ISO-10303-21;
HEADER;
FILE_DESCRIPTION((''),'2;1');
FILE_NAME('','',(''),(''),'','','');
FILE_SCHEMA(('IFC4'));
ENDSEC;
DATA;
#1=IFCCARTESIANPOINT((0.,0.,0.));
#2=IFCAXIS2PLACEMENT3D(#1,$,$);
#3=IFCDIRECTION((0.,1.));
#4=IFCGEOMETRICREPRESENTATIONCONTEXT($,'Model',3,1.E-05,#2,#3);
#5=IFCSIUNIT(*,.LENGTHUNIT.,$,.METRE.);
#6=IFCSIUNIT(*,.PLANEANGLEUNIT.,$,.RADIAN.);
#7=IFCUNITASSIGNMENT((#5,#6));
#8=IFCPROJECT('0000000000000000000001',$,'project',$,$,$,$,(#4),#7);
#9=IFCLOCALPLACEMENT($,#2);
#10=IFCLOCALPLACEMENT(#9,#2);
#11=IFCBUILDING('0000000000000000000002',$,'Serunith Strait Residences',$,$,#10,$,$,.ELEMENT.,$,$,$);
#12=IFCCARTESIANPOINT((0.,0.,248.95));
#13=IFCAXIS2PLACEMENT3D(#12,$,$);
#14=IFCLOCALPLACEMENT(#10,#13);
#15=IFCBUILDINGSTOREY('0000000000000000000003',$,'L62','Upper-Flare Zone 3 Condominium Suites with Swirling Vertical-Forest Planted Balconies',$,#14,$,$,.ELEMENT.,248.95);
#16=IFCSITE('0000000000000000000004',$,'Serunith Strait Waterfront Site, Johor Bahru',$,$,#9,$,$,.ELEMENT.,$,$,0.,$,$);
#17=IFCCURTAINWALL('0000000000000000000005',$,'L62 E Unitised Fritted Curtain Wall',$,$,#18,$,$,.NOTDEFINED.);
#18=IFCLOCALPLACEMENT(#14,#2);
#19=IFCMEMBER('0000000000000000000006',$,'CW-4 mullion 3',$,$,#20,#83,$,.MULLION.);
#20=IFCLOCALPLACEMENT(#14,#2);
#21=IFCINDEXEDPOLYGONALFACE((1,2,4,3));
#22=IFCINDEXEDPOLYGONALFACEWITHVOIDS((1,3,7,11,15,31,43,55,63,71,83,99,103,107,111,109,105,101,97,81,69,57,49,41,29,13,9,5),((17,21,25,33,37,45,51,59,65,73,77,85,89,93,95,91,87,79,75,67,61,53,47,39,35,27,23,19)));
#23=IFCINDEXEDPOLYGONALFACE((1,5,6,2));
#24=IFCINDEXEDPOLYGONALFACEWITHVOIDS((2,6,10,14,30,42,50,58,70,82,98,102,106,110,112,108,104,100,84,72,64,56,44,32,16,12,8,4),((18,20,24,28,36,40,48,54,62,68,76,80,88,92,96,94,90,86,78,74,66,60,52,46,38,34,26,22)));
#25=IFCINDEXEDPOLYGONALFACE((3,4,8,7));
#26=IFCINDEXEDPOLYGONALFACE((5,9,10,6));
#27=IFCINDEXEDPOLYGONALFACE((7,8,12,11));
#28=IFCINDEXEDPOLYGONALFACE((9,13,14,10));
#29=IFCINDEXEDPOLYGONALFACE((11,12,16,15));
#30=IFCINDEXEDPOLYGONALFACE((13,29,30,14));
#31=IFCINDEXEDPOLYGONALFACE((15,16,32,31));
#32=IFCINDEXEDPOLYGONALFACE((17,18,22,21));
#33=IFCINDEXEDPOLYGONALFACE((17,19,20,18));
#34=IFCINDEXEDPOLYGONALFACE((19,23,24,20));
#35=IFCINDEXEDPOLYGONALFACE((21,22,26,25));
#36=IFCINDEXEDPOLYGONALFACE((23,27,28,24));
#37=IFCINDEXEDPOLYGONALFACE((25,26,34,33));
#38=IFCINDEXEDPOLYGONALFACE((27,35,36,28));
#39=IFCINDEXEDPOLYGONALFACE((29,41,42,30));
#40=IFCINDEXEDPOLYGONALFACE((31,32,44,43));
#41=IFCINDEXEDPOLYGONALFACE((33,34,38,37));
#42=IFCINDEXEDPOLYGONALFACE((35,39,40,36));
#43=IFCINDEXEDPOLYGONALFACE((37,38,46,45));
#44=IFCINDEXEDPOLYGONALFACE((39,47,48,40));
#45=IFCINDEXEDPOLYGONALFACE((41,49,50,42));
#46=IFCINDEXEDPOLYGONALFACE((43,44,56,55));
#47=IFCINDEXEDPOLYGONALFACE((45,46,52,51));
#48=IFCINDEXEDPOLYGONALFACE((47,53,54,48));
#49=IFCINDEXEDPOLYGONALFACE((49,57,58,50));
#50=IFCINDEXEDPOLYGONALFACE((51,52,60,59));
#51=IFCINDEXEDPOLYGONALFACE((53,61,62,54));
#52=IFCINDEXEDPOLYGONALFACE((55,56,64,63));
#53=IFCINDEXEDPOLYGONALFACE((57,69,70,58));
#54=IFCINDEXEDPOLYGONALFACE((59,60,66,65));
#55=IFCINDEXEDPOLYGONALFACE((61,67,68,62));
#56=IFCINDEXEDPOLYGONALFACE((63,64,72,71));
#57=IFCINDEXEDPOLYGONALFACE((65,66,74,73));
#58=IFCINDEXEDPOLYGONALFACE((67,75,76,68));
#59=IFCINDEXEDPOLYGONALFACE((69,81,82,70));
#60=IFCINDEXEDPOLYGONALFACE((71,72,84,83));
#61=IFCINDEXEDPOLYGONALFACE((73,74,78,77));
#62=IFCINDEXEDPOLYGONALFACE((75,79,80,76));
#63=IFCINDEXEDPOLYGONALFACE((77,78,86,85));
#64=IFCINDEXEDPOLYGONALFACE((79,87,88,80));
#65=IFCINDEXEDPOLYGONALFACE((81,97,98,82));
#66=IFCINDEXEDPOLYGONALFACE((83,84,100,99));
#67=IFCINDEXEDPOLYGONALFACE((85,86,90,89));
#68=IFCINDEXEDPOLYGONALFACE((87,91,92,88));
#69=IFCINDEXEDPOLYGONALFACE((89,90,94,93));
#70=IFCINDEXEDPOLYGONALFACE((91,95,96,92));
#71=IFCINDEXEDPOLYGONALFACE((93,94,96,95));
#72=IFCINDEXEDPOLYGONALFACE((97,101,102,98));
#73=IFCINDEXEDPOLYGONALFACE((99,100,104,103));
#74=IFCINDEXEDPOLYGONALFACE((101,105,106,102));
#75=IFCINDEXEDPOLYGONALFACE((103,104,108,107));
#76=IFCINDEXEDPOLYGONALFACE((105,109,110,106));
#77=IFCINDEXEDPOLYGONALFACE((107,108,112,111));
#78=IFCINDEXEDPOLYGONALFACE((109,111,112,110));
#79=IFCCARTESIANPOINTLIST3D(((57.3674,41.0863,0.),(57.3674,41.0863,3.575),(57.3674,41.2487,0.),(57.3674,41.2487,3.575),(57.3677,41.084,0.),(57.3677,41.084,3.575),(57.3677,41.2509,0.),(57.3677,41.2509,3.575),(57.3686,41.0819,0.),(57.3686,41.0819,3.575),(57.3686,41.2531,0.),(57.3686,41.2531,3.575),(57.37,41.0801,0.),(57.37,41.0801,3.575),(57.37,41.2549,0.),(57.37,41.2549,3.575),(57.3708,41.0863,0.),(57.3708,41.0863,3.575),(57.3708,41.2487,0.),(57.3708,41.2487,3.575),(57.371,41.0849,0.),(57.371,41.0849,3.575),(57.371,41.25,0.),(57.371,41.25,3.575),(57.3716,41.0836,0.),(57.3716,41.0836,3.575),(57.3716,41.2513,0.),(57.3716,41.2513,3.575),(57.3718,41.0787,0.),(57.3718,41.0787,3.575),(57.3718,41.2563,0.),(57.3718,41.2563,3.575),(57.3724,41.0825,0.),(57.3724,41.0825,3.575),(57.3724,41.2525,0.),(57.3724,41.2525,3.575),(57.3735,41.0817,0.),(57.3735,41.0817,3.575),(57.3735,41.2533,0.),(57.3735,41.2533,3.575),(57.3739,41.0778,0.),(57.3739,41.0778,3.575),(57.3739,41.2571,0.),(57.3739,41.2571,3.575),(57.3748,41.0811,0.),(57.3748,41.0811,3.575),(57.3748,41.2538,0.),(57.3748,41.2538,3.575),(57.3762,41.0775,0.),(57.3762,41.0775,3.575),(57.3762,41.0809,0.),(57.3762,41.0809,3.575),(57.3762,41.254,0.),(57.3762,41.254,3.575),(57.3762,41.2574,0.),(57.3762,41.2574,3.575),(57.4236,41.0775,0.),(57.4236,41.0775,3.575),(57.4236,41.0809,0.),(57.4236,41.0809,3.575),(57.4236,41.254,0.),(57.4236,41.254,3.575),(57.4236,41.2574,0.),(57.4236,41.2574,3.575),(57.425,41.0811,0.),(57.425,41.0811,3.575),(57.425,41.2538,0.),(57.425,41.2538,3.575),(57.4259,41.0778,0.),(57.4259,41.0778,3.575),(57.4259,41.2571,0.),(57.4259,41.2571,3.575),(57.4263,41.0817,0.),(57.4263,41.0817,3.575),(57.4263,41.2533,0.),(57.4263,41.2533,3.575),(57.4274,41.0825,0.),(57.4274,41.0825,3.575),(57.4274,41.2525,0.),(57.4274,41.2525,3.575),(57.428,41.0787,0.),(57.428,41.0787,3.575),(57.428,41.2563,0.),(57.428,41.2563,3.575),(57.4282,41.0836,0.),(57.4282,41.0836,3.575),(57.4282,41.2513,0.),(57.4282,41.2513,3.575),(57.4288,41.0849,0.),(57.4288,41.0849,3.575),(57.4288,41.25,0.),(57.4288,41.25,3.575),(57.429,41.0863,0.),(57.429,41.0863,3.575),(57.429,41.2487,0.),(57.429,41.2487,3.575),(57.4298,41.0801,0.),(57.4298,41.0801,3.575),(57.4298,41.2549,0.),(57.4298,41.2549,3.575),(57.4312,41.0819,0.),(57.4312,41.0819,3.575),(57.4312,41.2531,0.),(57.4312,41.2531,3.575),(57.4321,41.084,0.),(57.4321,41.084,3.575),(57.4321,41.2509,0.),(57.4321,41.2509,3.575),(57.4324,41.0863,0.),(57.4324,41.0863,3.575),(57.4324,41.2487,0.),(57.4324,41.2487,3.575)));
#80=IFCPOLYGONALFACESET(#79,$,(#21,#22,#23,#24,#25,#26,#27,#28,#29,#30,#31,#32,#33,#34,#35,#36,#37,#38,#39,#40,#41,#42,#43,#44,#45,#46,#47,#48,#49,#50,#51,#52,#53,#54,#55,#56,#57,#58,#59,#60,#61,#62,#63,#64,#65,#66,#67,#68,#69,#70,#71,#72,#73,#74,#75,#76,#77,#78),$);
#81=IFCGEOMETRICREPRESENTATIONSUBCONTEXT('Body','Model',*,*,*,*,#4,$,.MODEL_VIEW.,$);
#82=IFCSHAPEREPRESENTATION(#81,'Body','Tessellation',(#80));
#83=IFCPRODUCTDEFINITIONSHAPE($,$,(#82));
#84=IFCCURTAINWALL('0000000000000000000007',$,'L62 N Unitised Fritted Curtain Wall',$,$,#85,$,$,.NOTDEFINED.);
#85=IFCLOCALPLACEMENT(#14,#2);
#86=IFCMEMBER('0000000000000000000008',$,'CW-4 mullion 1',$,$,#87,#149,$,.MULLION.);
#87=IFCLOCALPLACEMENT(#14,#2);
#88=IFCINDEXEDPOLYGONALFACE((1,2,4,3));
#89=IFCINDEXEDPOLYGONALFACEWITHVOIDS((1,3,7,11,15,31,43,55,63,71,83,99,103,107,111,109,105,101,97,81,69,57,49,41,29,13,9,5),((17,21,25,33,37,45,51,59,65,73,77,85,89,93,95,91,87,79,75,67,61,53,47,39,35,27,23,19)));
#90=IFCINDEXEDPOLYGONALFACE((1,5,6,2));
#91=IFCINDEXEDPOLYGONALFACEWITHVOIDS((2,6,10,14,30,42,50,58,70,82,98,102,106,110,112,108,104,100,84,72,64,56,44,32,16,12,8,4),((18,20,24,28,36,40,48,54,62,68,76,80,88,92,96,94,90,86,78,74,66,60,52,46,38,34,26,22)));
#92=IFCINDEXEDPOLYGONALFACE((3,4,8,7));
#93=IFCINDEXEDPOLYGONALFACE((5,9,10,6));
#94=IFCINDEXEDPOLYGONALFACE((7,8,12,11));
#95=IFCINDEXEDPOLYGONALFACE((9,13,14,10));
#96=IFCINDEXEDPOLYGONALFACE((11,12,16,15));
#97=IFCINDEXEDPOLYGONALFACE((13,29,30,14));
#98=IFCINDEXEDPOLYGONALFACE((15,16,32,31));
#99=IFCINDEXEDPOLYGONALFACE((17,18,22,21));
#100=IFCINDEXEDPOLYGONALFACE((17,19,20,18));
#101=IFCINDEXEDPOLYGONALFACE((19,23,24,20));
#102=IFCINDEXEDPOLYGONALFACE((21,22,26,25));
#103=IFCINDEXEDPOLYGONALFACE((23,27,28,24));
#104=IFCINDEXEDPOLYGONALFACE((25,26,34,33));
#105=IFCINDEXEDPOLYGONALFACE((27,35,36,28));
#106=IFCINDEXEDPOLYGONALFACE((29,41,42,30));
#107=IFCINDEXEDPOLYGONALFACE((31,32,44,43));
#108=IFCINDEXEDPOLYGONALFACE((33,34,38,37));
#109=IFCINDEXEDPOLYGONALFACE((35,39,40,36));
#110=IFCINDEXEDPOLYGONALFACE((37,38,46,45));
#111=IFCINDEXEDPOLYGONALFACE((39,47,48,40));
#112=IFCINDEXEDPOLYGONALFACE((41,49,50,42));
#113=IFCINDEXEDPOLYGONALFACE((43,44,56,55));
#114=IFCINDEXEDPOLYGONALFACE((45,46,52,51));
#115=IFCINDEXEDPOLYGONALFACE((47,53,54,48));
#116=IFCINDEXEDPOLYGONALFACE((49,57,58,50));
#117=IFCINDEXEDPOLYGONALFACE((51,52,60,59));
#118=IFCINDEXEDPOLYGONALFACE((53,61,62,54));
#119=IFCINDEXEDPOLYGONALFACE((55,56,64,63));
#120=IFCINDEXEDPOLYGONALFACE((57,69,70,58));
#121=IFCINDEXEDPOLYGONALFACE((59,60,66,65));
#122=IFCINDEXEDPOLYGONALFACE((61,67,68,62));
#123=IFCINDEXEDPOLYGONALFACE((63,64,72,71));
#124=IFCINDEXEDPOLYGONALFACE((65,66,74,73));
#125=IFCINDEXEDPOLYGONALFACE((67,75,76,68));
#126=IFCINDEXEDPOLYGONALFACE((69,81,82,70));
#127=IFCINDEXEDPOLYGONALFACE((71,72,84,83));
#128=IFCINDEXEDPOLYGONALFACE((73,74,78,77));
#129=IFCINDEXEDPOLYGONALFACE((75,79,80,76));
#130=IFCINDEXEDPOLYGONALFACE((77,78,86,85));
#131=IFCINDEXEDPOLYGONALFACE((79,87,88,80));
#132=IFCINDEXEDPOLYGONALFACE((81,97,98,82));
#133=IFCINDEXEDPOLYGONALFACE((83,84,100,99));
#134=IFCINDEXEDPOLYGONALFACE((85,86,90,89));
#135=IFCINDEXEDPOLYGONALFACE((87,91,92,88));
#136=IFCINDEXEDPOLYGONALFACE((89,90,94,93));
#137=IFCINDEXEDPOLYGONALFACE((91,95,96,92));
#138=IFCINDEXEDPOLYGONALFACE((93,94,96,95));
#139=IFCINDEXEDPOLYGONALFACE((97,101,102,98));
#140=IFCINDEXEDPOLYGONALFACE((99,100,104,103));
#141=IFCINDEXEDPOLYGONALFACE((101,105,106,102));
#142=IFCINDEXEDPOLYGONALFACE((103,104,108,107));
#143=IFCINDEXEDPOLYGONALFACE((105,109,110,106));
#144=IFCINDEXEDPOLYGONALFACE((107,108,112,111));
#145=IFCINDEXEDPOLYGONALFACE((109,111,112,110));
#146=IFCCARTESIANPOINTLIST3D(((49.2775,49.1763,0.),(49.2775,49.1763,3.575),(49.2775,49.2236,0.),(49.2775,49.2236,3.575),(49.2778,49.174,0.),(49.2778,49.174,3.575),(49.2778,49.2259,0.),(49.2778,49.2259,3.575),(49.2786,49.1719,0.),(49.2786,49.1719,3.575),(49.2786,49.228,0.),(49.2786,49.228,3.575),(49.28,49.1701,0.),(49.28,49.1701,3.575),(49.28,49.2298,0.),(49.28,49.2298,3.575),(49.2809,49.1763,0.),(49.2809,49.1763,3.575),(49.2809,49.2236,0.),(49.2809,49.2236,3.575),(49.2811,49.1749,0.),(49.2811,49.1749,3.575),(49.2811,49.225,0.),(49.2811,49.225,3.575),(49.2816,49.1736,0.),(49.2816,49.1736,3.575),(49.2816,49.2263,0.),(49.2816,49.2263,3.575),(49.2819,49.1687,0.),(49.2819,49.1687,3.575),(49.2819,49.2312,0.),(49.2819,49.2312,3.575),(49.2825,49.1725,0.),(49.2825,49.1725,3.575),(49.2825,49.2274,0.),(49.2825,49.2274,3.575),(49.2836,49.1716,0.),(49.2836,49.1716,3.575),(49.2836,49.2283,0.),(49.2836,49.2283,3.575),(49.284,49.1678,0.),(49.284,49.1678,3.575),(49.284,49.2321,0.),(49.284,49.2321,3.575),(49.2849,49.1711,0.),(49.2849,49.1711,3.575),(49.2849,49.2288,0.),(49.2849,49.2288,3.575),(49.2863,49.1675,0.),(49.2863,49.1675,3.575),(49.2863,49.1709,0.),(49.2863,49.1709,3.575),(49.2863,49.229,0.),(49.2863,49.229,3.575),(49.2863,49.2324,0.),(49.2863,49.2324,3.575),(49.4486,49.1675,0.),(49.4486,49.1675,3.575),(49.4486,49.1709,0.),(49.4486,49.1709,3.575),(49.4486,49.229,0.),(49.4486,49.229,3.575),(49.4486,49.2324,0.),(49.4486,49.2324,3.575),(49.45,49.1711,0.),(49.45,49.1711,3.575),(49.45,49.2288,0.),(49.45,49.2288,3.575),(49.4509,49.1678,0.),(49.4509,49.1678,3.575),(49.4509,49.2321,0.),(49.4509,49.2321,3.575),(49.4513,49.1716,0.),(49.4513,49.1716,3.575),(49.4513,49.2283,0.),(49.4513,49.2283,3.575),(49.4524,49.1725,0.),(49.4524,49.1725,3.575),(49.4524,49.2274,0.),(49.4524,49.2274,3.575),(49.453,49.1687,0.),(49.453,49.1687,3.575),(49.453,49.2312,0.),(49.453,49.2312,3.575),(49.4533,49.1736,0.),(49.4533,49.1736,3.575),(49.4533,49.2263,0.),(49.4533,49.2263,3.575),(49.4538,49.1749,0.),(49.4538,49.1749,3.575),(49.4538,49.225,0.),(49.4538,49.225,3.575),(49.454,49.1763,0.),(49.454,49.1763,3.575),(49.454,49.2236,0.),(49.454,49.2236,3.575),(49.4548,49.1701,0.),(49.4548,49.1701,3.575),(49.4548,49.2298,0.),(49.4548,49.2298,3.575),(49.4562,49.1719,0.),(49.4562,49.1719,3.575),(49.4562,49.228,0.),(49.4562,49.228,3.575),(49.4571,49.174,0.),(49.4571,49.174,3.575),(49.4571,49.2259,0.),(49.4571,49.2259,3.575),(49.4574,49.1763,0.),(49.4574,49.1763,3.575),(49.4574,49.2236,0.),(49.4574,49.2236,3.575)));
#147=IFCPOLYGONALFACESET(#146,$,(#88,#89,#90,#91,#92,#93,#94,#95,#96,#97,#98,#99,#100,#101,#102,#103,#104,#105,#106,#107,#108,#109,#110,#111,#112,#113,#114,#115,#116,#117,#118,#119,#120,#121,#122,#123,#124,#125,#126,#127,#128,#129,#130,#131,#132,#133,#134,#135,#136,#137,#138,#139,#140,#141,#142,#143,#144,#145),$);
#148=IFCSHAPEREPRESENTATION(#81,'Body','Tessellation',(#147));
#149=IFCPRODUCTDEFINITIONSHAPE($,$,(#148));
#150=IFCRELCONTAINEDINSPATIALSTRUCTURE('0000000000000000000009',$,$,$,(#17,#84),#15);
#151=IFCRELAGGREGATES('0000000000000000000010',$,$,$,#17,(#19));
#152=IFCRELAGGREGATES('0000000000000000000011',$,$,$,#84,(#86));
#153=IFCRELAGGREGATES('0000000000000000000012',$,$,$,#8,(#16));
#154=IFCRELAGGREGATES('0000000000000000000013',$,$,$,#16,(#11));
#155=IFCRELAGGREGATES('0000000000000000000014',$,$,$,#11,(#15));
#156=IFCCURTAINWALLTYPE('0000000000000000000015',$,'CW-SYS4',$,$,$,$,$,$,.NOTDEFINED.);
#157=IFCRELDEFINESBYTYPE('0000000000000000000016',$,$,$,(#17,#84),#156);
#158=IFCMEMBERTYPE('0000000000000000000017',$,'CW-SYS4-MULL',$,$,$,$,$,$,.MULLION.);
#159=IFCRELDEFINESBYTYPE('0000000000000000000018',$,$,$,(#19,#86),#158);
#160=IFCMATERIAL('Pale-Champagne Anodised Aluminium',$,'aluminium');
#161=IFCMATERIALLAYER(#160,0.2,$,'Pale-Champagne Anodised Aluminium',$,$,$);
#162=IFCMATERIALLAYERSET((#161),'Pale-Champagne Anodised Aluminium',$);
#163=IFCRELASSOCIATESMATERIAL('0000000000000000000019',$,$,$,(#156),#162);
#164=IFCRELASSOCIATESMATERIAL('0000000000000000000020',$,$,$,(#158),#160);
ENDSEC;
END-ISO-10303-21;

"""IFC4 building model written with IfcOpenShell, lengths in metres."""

from ifc_helpers import new_model, si_unit, direction, frame, origin, origin_2d, place, context, subcontext, project, spatial, hollow_rectangle, extrude, source, transform, mapped, material, layer, layer_set, material_profile, profile_set, type_object, element, aggregate, save


model = new_model("IFC4")

# Units and contexts
model_context = context("Model", 3, precision=1e-05, world=origin(), true_north=direction((0.0, 1.0)))
body_context = subcontext(model_context, "Body", "Model", "MODEL_VIEW")
ifc_project = project(units=[si_unit("LENGTHUNIT", "METRE"), si_unit("PLANEANGLEUNIT", "RADIAN")], contexts=[model_context])

# Site, building, storey
site_placement = place(None, origin())
site = spatial("IfcSite", under=ifc_project, at=site_placement, Name="Serunith Strait Waterfront Site, Johor Bahru", CompositionType="ELEMENT", RefElevation=0.0)
building_placement = place(site_placement, origin())
building = spatial("IfcBuilding", under=site, at=building_placement, Name="Serunith Strait Residences", CompositionType="ELEMENT")
storey_placement = place(building_placement, frame((0.0, 0.0, 248.95)))
storey = spatial("IfcBuildingStorey", under=building, at=storey_placement, Name="L62", Description="Upper-Flare Zone 3 Condominium Suites with Swirling Vertical-Forest Planted Balconies", CompositionType="ELEMENT", Elevation=248.95)

# Curtain wall, member
ifc_material_1 = material(Name="Pale-Champagne Anodised Aluminium", Category="aluminium")
ifc_layer_1 = layer(ifc_material_1, 0.2, Name="Pale-Champagne Anodised Aluminium")
ifc_layer_set_1 = layer_set([ifc_layer_1], Name="Pale-Champagne Anodised Aluminium")
curtain_wall_type = type_object("IfcCurtainWallType", Name="CW-SYS4", PredefinedType="NOTDEFINED", material=ifc_layer_set_1)
curtain_wall_1_placement = place(storey_placement, origin())
curtain_wall_1 = element("IfcCurtainWall", 1, at=curtain_wall_1_placement, inside=storey, type_object=curtain_wall_type, Name="L62 E Unitised Fritted Curtain Wall", PredefinedType="NOTDEFINED")
ifc_material_profile_1 = material_profile(ifc_material_1, hollow_rectangle(XDim=0.0649, YDim=0.1799, WallThickness=0.0034, InnerFilletRadius=0.0054, OuterFilletRadius=0.0088, at=origin_2d()), Name="ALU 180x65x3.5")
ifc_profile_set_1 = profile_set([ifc_material_profile_1], Name="Pale-Champagne Anodised Aluminium")
member_type_1 = type_object("IfcMemberType", Name="CW-SYS4-MULL", PredefinedType="MULLION", material=ifc_profile_set_1)
shared_shape_1 = source(origin(), body_context, "Body", "SweptSolid", [
    extrude(hollow_rectangle(XDim=0.0649, YDim=0.1799, WallThickness=0.0034, InnerFilletRadius=0.0054, OuterFilletRadius=0.0088, at=origin_2d()), origin(), (0.0, 0.0, 1.0), 3.575),
])
member_1_placement = place(storey_placement, frame((57.3999, 41.1675, 0.0), z_axis=(0.0, 0.0, 1.0), x_axis=(-1.0, 0.0, 0.0)))
member_1 = element("IfcMember", 2, at=member_1_placement, type_object=member_type_1, Name="CW-4 mullion 3", PredefinedType="MULLION", context=body_context, shape_type="MappedRepresentation", body=[
    mapped(shared_shape_1, transform((0.0, 0.0, 0.0), scale=1.0)),
])
aggregate(curtain_wall_1, [member_1])

# Curtain wall, member
curtain_wall_2_placement = place(storey_placement, origin())
curtain_wall_2 = element("IfcCurtainWall", 3, at=curtain_wall_2_placement, inside=storey, type_object=curtain_wall_type, Name="L62 N Unitised Fritted Curtain Wall", PredefinedType="NOTDEFINED")
member_2_placement = place(storey_placement, frame((49.3674, 49.2, 0.0), z_axis=(0.0, 0.0, 1.0), x_axis=(0.0, -1.0, 0.0)))
member_2 = element("IfcMember", 4, at=member_2_placement, type_object=member_type_1, Name="CW-4 mullion 1", PredefinedType="MULLION", context=body_context, shape_type="MappedRepresentation", body=[
    mapped(shared_shape_1, transform((0.0, 0.0, 0.0), scale=1.0)),
])
aggregate(curtain_wall_2, [member_2])

save(model, "model.ifc")
